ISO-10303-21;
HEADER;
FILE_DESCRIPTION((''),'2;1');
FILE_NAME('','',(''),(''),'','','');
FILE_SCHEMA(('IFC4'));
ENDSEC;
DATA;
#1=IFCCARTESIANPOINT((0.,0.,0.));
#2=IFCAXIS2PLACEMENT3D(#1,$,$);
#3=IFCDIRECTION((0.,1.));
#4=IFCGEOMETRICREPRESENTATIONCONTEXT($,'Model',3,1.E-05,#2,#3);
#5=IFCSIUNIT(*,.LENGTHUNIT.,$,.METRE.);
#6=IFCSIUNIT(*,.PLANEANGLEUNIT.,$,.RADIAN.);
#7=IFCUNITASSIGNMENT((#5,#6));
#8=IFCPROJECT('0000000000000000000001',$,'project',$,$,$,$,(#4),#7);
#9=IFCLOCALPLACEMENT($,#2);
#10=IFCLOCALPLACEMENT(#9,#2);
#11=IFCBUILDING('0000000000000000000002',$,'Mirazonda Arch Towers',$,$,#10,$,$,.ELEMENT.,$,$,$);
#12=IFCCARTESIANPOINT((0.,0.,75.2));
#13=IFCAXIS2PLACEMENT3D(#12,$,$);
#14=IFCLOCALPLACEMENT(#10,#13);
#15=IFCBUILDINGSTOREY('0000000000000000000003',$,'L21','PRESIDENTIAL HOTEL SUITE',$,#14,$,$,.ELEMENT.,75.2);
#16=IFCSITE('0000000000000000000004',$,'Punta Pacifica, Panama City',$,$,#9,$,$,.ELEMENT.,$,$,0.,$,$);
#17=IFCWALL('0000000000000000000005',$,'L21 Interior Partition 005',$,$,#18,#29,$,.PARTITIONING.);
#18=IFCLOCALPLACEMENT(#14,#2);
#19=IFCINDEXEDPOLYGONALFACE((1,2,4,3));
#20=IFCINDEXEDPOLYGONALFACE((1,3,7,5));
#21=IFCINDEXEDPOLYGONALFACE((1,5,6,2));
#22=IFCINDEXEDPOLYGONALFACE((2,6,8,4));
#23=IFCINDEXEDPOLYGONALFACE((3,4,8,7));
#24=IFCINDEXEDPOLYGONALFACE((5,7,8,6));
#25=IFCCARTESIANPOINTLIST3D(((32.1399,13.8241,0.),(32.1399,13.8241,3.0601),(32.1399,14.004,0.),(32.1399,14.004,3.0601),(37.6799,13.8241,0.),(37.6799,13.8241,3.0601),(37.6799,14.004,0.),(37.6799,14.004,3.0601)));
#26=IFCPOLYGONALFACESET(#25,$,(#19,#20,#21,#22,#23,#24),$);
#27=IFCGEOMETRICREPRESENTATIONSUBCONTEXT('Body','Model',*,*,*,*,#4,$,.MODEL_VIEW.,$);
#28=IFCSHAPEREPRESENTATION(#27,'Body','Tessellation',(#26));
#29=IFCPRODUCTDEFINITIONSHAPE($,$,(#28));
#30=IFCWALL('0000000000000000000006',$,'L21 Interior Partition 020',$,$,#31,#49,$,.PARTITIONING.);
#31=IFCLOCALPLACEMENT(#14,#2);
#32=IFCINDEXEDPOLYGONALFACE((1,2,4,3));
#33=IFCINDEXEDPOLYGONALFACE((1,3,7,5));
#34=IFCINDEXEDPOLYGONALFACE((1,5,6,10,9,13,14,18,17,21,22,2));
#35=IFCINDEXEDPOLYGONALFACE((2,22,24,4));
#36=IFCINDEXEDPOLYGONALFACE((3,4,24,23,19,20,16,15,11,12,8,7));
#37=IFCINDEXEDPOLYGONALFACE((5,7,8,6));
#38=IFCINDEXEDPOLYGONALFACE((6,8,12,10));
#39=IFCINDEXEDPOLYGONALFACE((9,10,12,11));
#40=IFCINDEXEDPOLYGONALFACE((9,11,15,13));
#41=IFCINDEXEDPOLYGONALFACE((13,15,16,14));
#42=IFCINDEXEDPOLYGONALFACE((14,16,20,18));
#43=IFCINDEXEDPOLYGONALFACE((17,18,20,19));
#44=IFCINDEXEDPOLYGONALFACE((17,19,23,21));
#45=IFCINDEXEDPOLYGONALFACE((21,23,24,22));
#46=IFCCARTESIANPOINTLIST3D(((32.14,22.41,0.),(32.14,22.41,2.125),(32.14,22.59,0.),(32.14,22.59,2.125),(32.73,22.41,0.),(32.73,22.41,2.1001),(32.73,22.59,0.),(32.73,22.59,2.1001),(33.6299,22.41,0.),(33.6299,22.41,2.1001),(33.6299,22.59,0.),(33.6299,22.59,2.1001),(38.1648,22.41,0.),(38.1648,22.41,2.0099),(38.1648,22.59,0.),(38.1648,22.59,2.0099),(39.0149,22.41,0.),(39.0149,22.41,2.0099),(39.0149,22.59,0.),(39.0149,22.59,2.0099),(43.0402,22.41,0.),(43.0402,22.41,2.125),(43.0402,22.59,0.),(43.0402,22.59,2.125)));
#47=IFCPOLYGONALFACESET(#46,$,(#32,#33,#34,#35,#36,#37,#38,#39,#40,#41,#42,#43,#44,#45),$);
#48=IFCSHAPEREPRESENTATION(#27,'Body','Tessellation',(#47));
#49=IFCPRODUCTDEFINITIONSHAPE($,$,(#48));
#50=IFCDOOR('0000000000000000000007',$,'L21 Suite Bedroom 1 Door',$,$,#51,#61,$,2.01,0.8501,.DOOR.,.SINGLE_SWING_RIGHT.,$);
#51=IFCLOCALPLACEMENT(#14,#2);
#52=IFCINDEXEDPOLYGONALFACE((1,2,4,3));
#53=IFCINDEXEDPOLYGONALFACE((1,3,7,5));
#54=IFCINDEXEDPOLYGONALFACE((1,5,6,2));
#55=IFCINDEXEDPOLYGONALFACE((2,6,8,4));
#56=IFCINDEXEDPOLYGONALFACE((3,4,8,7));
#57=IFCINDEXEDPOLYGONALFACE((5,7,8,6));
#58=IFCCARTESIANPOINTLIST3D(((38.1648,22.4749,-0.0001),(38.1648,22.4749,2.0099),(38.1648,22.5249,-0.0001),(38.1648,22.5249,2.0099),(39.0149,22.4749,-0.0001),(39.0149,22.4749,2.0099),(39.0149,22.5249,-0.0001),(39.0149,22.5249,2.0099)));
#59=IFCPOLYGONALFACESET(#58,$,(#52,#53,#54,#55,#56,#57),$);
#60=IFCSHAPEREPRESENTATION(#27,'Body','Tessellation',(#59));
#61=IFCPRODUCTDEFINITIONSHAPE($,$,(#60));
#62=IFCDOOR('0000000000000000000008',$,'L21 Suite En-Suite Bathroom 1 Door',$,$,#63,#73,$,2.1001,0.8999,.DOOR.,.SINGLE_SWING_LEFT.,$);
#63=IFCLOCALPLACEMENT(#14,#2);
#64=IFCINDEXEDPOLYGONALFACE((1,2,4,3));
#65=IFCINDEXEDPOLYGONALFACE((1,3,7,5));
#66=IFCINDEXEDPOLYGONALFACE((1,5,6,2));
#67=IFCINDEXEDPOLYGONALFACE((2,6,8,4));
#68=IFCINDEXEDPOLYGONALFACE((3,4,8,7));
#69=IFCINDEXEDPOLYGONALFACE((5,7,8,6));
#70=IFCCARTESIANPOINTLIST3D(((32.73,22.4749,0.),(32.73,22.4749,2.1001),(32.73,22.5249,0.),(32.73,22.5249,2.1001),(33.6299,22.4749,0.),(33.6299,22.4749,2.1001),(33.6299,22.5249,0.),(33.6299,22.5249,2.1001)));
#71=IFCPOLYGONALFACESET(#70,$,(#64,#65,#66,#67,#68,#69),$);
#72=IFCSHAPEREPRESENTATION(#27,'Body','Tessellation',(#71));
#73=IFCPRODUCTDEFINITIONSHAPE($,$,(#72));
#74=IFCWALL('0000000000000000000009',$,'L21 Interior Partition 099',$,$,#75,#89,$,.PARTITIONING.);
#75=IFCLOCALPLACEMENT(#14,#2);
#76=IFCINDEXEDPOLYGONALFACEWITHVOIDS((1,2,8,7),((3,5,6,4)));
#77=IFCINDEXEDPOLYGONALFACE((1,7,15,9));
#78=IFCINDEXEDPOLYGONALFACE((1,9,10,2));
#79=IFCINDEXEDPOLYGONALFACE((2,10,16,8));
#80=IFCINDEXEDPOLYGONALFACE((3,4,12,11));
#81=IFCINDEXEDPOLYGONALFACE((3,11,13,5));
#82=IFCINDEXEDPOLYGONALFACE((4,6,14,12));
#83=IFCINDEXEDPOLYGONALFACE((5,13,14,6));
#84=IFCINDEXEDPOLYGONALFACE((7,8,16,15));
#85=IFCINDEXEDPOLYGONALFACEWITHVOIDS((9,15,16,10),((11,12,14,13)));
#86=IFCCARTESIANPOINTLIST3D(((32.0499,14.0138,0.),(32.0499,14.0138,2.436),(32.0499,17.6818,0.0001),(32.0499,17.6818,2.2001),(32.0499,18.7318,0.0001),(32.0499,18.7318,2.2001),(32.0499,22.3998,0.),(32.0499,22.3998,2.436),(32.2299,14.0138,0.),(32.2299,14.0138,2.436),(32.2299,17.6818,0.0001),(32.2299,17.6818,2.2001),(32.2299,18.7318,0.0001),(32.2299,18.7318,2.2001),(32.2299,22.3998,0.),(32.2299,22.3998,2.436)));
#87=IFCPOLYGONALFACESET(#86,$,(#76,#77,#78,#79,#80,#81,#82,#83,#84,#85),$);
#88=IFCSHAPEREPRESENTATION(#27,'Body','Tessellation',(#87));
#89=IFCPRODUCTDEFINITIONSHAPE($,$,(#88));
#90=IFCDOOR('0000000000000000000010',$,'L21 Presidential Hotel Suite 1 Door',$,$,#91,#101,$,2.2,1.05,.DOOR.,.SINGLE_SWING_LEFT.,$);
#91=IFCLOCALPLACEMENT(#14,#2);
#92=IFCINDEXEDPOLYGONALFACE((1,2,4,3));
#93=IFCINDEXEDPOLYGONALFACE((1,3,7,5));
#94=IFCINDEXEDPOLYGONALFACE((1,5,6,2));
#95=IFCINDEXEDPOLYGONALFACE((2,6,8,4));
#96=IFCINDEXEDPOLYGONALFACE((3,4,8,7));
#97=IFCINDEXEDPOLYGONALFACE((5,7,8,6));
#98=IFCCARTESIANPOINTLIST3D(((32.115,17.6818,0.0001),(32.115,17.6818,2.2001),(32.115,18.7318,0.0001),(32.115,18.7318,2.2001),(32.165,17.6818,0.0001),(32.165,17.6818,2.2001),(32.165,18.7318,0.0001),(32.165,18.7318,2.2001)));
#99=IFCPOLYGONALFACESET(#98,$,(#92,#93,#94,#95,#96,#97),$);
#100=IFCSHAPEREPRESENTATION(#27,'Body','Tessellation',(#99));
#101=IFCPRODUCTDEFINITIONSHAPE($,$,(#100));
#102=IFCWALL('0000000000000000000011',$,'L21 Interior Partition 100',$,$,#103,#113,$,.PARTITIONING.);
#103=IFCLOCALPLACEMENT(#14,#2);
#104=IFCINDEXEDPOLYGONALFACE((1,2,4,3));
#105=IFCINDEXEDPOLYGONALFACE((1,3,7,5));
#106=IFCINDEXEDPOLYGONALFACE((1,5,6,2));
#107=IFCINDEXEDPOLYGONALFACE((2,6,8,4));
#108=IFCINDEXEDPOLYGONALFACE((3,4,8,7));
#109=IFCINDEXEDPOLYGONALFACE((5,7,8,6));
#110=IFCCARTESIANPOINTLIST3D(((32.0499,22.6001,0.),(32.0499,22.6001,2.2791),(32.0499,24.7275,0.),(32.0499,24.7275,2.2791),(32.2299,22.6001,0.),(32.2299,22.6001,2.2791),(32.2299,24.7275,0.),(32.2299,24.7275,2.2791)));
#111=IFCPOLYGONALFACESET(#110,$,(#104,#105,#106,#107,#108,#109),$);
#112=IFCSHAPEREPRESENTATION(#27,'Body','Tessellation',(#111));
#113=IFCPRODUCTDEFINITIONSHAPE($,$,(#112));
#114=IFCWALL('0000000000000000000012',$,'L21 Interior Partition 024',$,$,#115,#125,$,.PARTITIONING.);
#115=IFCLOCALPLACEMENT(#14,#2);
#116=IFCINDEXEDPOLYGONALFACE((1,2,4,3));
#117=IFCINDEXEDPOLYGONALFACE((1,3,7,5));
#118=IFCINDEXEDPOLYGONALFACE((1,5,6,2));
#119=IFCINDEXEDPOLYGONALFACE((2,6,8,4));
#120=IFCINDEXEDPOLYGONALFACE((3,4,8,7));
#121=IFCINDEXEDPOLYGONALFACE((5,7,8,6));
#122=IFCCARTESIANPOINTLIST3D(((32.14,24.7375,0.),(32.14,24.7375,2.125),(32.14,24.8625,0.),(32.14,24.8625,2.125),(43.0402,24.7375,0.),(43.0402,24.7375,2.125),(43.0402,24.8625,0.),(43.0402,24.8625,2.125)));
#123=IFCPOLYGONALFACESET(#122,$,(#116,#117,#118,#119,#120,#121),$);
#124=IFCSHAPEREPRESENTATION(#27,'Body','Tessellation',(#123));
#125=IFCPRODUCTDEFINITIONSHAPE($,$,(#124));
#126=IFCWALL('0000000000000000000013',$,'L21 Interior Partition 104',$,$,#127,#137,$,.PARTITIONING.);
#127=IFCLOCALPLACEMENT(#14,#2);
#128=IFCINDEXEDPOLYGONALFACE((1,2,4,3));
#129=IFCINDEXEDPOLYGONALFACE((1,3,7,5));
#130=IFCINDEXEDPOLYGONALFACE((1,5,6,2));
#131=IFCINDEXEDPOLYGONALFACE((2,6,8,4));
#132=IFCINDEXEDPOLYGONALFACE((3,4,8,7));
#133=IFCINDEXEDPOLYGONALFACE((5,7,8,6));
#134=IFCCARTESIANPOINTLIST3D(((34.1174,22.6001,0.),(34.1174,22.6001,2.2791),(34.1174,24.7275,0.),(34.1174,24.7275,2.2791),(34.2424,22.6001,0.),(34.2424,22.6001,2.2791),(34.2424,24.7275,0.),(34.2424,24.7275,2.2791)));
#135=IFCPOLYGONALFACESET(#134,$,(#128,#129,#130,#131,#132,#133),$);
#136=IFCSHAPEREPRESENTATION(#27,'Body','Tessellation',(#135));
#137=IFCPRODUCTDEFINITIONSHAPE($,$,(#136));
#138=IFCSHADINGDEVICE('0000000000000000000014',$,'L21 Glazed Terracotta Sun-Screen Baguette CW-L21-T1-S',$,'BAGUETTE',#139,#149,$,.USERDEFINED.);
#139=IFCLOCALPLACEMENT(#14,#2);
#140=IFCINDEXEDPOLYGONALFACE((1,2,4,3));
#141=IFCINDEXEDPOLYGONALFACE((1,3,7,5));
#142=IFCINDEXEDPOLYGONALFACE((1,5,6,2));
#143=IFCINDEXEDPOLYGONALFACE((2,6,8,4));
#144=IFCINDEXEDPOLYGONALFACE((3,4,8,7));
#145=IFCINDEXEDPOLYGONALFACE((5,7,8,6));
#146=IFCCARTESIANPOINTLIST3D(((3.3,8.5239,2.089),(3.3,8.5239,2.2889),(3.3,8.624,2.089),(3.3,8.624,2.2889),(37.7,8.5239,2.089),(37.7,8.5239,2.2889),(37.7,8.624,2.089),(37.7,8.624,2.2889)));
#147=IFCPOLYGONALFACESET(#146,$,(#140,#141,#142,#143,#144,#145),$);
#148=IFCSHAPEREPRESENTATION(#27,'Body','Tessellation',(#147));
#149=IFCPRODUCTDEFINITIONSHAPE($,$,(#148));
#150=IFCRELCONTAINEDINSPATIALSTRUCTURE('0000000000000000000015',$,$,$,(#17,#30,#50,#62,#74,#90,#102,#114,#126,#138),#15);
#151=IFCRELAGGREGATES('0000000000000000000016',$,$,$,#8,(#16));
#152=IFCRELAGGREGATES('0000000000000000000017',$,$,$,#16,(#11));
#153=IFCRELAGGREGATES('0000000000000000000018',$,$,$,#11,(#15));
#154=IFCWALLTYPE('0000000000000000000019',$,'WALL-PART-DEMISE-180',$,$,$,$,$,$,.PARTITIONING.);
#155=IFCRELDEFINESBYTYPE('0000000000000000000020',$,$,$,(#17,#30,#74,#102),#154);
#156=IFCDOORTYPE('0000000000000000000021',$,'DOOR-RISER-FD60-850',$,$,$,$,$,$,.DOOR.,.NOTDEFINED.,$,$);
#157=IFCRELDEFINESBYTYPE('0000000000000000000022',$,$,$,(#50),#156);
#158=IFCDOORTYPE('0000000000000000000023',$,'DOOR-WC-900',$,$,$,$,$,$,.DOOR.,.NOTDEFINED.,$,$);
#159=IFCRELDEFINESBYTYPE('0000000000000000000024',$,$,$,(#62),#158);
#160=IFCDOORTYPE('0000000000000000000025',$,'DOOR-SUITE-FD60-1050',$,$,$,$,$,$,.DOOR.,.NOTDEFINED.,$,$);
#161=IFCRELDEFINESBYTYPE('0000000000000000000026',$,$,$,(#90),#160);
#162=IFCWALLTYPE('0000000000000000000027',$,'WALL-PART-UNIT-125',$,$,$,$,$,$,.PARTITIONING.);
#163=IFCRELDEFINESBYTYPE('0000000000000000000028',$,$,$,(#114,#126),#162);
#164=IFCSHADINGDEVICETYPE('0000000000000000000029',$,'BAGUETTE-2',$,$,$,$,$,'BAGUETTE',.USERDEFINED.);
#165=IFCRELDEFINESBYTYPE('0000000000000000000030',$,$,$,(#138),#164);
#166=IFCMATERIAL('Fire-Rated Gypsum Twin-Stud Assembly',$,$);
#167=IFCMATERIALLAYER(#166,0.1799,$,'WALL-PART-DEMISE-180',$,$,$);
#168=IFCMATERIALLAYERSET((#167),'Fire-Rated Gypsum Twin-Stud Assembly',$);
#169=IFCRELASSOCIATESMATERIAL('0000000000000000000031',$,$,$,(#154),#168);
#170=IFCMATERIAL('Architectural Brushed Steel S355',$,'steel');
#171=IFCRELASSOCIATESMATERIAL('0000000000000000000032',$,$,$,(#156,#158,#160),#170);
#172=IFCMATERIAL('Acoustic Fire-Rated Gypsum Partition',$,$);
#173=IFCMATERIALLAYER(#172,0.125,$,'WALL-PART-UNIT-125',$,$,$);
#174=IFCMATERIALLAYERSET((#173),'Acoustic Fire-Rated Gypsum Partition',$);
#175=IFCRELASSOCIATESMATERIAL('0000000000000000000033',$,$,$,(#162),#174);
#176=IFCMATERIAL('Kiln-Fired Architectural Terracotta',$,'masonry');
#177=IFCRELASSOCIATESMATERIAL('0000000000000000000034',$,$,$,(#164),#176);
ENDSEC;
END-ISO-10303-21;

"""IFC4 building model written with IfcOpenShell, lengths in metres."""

from ifc_helpers import new_model, si_unit, direction, frame, frame_2d, origin, origin_2d, place, context, subcontext, project, spatial, rectangle, extrude, material, layer, layer_set, material_profile, profile_set, type_object, element, fill, save


model = new_model("IFC4")

# Units and contexts
model_context = context("Model", 3, precision=1e-05, world=origin(), true_north=direction((0.0, 1.0)))
body_context = subcontext(model_context, "Body", "Model", "MODEL_VIEW")
ifc_project = project(units=[si_unit("LENGTHUNIT", "METRE"), si_unit("PLANEANGLEUNIT", "RADIAN")], contexts=[model_context])

# Site, building, storey
site_placement = place(None, origin())
site = spatial("IfcSite", under=ifc_project, at=site_placement, Name="Punta Pacifica, Panama City", CompositionType="ELEMENT", RefElevation=0.0)
building_placement = place(site_placement, origin())
building = spatial("IfcBuilding", under=site, at=building_placement, Name="Mirazonda Arch Towers", CompositionType="ELEMENT")
storey_placement = place(building_placement, frame((0.0, 0.0, 75.2)))
storey = spatial("IfcBuildingStorey", under=building, at=storey_placement, Name="L21", Description="PRESIDENTIAL HOTEL SUITE", CompositionType="ELEMENT", Elevation=75.2)

# Wall
ifc_material_1 = material(Name="Fire-Rated Gypsum Twin-Stud Assembly")
ifc_layer_1 = layer(ifc_material_1, 0.1799, Name="WALL-PART-DEMISE-180")
ifc_layer_set_1 = layer_set([ifc_layer_1], Name="Fire-Rated Gypsum Twin-Stud Assembly")
wall_type_1 = type_object("IfcWallType", Name="WALL-PART-DEMISE-180", PredefinedType="PARTITIONING", material=ifc_layer_set_1)
wall_1_placement = place(storey_placement, frame((32.1399, 13.9141, 0.0), z_axis=(0.0, 0.0, 1.0), x_axis=(1.0, 0.0, 0.0)))
element("IfcWall", 1, at=wall_1_placement, inside=storey, type_object=wall_type_1, Name="L21 Interior Partition 005", PredefinedType="PARTITIONING", context=body_context, shape_type="SweptSolid", body=[
    extrude(rectangle(XDim=5.54, YDim=0.1799, at=frame_2d((2.77, 0.0))), origin(), (0.0, 0.0, 1.0), 3.0601),
])

# Wall, openings, doors
wall_2_placement = place(storey_placement, frame((32.1399, 22.5, 0.0), z_axis=(0.0, 0.0, 1.0), x_axis=(1.0, 0.0, 0.0)))
wall_2 = element("IfcWall", 2, at=wall_2_placement, inside=storey, type_object=wall_type_1, Name="L21 Interior Partition 020", PredefinedType="PARTITIONING", context=body_context, shape_type="SweptSolid", body=[
    extrude(rectangle(XDim=10.9001, YDim=0.1799, at=frame_2d((5.4502, 0.0))), origin(), (0.0, 0.0, 1.0), 2.125),
])
opening_1_placement = place(wall_2_placement, frame((6.0249, 0.0, 0.0)))
opening_1 = element("IfcOpeningElement", 3, at=opening_1_placement, cuts=wall_2, PredefinedType="OPENING", context=body_context, shape_type="SweptSolid", body=[
    extrude(rectangle(XDim=0.8501, YDim=2.01, at=frame_2d((0.425, 1.0049))), frame((0.0, 0.0999, 0.0), z_axis=(0.0, -1.0, 0.0), x_axis=(1.0, 0.0, 0.0)), (0.0, 0.0, 1.0), 0.2),
])
opening_2_placement = place(wall_2_placement, frame((0.5901, 0.0, 0.0)))
opening_2 = element("IfcOpeningElement", 4, at=opening_2_placement, cuts=wall_2, PredefinedType="OPENING", context=body_context, shape_type="SweptSolid", body=[
    extrude(rectangle(XDim=0.8999, YDim=2.1001, at=frame_2d((0.45, 1.05))), frame((0.0, 0.0999, 0.0), z_axis=(0.0, -1.0, 0.0), x_axis=(1.0, 0.0, 0.0)), (0.0, 0.0, 1.0), 0.2),
])
ifc_material_2 = material(Name="Architectural Brushed Steel S355", Category="steel")
door_type_1 = type_object("IfcDoorType", Name="DOOR-RISER-FD60-850", OperationType="NOTDEFINED", PredefinedType="DOOR", material=ifc_material_2)
door_1_placement = place(opening_1_placement, origin())
door_1 = element("IfcDoor", 5, at=door_1_placement, inside=storey, type_object=door_type_1, Name="L21 Suite Bedroom 1 Door", OperationType="SINGLE_SWING_RIGHT", OverallHeight=2.01, OverallWidth=0.8501, PredefinedType="DOOR", context=body_context, shape_type="SweptSolid", body=[
    extrude(rectangle(XDim=0.8501, YDim=2.01, at=frame_2d((0.425, 1.0049))), frame((0.0, 0.0249, 0.0), z_axis=(0.0, -1.0, 0.0), x_axis=(1.0, 0.0, 0.0)), (0.0, 0.0, 1.0), 0.05),
])
fill(opening_1, door_1)
door_type_2 = type_object("IfcDoorType", Name="DOOR-WC-900", OperationType="NOTDEFINED", PredefinedType="DOOR", material=ifc_material_2)
door_2_placement = place(opening_2_placement, origin())
door_2 = element("IfcDoor", 6, at=door_2_placement, inside=storey, type_object=door_type_2, Name="L21 Suite En-Suite Bathroom 1 Door", OperationType="SINGLE_SWING_LEFT", OverallHeight=2.1001, OverallWidth=0.8999, PredefinedType="DOOR", context=body_context, shape_type="SweptSolid", body=[
    extrude(rectangle(XDim=0.8999, YDim=2.1001, at=frame_2d((0.45, 1.05))), frame((0.0, 0.0249, 0.0), z_axis=(0.0, -1.0, 0.0), x_axis=(1.0, 0.0, 0.0)), (0.0, 0.0, 1.0), 0.05),
])
fill(opening_2, door_2)

# Wall, opening, door
wall_3_placement = place(storey_placement, frame((32.1399, 14.0139, 0.0), z_axis=(0.0, 0.0, 1.0), x_axis=(0.0, 1.0, 0.0)))
wall_3 = element("IfcWall", 7, at=wall_3_placement, inside=storey, type_object=wall_type_1, Name="L21 Interior Partition 099", PredefinedType="PARTITIONING", context=body_context, shape_type="SweptSolid", body=[
    extrude(rectangle(XDim=8.386, YDim=0.1799, at=frame_2d((4.1929, 0.0))), origin(), (0.0, 0.0, 1.0), 2.436),
])
opening_3_placement = place(wall_3_placement, frame((3.668, 0.0, 0.0)))
opening_3 = element("IfcOpeningElement", 8, at=opening_3_placement, cuts=wall_3, PredefinedType="OPENING", context=body_context, shape_type="SweptSolid", body=[
    extrude(rectangle(XDim=1.05, YDim=2.2, at=frame_2d((0.5249, 1.1001))), frame((0.0, 0.0999, 0.0), z_axis=(0.0, -1.0, 0.0), x_axis=(1.0, 0.0, 0.0)), (0.0, 0.0, 1.0), 0.2),
])
door_type_3 = type_object("IfcDoorType", Name="DOOR-SUITE-FD60-1050", OperationType="NOTDEFINED", PredefinedType="DOOR", material=ifc_material_2)
door_3_placement = place(opening_3_placement, origin())
door_3 = element("IfcDoor", 9, at=door_3_placement, inside=storey, type_object=door_type_3, Name="L21 Presidential Hotel Suite 1 Door", OperationType="SINGLE_SWING_LEFT", OverallHeight=2.2, OverallWidth=1.05, PredefinedType="DOOR", context=body_context, shape_type="SweptSolid", body=[
    extrude(rectangle(XDim=1.05, YDim=2.2, at=frame_2d((0.5249, 1.1001))), frame((0.0, 0.0249, 0.0), z_axis=(0.0, -1.0, 0.0), x_axis=(1.0, 0.0, 0.0)), (0.0, 0.0, 1.0), 0.05),
])
fill(opening_3, door_3)

# Walls
wall_4_placement = place(storey_placement, frame((32.1399, 22.6001, 0.0), z_axis=(0.0, 0.0, 1.0), x_axis=(0.0, 1.0, 0.0)))
element("IfcWall", 10, at=wall_4_placement, inside=storey, type_object=wall_type_1, Name="L21 Interior Partition 100", PredefinedType="PARTITIONING", context=body_context, shape_type="SweptSolid", body=[
    extrude(rectangle(XDim=2.1274, YDim=0.1799, at=frame_2d((1.0637, 0.0))), origin(), (0.0, 0.0, 1.0), 2.2791),
])
ifc_material_3 = material(Name="Acoustic Fire-Rated Gypsum Partition")
ifc_layer_2 = layer(ifc_material_3, 0.125, Name="WALL-PART-UNIT-125")
ifc_layer_set_2 = layer_set([ifc_layer_2], Name="Acoustic Fire-Rated Gypsum Partition")
wall_type_2 = type_object("IfcWallType", Name="WALL-PART-UNIT-125", PredefinedType="PARTITIONING", material=ifc_layer_set_2)
wall_5_placement = place(storey_placement, frame((32.1399, 24.8, 0.0), z_axis=(0.0, 0.0, 1.0), x_axis=(1.0, 0.0, 0.0)))
element("IfcWall", 11, at=wall_5_placement, inside=storey, type_object=wall_type_2, Name="L21 Interior Partition 024", PredefinedType="PARTITIONING", context=body_context, shape_type="SweptSolid", body=[
    extrude(rectangle(XDim=10.9001, YDim=0.125, at=frame_2d((5.4502, 0.0))), origin(), (0.0, 0.0, 1.0), 2.125),
])
wall_6_placement = place(storey_placement, frame((34.1799, 22.6001, 0.0), z_axis=(0.0, 0.0, 1.0), x_axis=(0.0, 1.0, 0.0)))
element("IfcWall", 12, at=wall_6_placement, inside=storey, type_object=wall_type_2, Name="L21 Interior Partition 104", PredefinedType="PARTITIONING", context=body_context, shape_type="SweptSolid", body=[
    extrude(rectangle(XDim=2.1274, YDim=0.125, at=frame_2d((1.0637, 0.0))), origin(), (0.0, 0.0, 1.0), 2.2791),
])

# Shading device
ifc_material_4 = material(Name="Kiln-Fired Architectural Terracotta", Category="masonry")
ifc_material_profile_1 = material_profile(ifc_material_4, rectangle(XDim=0.1001, YDim=0.2, at=origin_2d()), Name="TERRA-BAG-100x200")
ifc_profile_set_1 = profile_set([ifc_material_profile_1], Name="Kiln-Fired Architectural Terracotta")
shading_device_type = type_object("IfcShadingDeviceType", Name="BAGUETTE-2", ElementType="BAGUETTE", PredefinedType="USERDEFINED", material=ifc_profile_set_1)
shading_device_placement = place(storey_placement, frame((37.7, 8.574, 2.189), z_axis=(-1.0, 0.0, 0.0), x_axis=(0.0, -1.0, 0.0)))
element("IfcShadingDevice", 13, at=shading_device_placement, inside=storey, type_object=shading_device_type, Name="L21 Glazed Terracotta Sun-Screen Baguette CW-L21-T1-S", ObjectType="BAGUETTE", PredefinedType="USERDEFINED", context=body_context, shape_type="SweptSolid", body=[
    extrude(rectangle(XDim=0.1001, YDim=0.2, at=origin_2d()), origin(), (0.0, 0.0, 1.0), 34.3999),
])

save(model, "model.ifc")
